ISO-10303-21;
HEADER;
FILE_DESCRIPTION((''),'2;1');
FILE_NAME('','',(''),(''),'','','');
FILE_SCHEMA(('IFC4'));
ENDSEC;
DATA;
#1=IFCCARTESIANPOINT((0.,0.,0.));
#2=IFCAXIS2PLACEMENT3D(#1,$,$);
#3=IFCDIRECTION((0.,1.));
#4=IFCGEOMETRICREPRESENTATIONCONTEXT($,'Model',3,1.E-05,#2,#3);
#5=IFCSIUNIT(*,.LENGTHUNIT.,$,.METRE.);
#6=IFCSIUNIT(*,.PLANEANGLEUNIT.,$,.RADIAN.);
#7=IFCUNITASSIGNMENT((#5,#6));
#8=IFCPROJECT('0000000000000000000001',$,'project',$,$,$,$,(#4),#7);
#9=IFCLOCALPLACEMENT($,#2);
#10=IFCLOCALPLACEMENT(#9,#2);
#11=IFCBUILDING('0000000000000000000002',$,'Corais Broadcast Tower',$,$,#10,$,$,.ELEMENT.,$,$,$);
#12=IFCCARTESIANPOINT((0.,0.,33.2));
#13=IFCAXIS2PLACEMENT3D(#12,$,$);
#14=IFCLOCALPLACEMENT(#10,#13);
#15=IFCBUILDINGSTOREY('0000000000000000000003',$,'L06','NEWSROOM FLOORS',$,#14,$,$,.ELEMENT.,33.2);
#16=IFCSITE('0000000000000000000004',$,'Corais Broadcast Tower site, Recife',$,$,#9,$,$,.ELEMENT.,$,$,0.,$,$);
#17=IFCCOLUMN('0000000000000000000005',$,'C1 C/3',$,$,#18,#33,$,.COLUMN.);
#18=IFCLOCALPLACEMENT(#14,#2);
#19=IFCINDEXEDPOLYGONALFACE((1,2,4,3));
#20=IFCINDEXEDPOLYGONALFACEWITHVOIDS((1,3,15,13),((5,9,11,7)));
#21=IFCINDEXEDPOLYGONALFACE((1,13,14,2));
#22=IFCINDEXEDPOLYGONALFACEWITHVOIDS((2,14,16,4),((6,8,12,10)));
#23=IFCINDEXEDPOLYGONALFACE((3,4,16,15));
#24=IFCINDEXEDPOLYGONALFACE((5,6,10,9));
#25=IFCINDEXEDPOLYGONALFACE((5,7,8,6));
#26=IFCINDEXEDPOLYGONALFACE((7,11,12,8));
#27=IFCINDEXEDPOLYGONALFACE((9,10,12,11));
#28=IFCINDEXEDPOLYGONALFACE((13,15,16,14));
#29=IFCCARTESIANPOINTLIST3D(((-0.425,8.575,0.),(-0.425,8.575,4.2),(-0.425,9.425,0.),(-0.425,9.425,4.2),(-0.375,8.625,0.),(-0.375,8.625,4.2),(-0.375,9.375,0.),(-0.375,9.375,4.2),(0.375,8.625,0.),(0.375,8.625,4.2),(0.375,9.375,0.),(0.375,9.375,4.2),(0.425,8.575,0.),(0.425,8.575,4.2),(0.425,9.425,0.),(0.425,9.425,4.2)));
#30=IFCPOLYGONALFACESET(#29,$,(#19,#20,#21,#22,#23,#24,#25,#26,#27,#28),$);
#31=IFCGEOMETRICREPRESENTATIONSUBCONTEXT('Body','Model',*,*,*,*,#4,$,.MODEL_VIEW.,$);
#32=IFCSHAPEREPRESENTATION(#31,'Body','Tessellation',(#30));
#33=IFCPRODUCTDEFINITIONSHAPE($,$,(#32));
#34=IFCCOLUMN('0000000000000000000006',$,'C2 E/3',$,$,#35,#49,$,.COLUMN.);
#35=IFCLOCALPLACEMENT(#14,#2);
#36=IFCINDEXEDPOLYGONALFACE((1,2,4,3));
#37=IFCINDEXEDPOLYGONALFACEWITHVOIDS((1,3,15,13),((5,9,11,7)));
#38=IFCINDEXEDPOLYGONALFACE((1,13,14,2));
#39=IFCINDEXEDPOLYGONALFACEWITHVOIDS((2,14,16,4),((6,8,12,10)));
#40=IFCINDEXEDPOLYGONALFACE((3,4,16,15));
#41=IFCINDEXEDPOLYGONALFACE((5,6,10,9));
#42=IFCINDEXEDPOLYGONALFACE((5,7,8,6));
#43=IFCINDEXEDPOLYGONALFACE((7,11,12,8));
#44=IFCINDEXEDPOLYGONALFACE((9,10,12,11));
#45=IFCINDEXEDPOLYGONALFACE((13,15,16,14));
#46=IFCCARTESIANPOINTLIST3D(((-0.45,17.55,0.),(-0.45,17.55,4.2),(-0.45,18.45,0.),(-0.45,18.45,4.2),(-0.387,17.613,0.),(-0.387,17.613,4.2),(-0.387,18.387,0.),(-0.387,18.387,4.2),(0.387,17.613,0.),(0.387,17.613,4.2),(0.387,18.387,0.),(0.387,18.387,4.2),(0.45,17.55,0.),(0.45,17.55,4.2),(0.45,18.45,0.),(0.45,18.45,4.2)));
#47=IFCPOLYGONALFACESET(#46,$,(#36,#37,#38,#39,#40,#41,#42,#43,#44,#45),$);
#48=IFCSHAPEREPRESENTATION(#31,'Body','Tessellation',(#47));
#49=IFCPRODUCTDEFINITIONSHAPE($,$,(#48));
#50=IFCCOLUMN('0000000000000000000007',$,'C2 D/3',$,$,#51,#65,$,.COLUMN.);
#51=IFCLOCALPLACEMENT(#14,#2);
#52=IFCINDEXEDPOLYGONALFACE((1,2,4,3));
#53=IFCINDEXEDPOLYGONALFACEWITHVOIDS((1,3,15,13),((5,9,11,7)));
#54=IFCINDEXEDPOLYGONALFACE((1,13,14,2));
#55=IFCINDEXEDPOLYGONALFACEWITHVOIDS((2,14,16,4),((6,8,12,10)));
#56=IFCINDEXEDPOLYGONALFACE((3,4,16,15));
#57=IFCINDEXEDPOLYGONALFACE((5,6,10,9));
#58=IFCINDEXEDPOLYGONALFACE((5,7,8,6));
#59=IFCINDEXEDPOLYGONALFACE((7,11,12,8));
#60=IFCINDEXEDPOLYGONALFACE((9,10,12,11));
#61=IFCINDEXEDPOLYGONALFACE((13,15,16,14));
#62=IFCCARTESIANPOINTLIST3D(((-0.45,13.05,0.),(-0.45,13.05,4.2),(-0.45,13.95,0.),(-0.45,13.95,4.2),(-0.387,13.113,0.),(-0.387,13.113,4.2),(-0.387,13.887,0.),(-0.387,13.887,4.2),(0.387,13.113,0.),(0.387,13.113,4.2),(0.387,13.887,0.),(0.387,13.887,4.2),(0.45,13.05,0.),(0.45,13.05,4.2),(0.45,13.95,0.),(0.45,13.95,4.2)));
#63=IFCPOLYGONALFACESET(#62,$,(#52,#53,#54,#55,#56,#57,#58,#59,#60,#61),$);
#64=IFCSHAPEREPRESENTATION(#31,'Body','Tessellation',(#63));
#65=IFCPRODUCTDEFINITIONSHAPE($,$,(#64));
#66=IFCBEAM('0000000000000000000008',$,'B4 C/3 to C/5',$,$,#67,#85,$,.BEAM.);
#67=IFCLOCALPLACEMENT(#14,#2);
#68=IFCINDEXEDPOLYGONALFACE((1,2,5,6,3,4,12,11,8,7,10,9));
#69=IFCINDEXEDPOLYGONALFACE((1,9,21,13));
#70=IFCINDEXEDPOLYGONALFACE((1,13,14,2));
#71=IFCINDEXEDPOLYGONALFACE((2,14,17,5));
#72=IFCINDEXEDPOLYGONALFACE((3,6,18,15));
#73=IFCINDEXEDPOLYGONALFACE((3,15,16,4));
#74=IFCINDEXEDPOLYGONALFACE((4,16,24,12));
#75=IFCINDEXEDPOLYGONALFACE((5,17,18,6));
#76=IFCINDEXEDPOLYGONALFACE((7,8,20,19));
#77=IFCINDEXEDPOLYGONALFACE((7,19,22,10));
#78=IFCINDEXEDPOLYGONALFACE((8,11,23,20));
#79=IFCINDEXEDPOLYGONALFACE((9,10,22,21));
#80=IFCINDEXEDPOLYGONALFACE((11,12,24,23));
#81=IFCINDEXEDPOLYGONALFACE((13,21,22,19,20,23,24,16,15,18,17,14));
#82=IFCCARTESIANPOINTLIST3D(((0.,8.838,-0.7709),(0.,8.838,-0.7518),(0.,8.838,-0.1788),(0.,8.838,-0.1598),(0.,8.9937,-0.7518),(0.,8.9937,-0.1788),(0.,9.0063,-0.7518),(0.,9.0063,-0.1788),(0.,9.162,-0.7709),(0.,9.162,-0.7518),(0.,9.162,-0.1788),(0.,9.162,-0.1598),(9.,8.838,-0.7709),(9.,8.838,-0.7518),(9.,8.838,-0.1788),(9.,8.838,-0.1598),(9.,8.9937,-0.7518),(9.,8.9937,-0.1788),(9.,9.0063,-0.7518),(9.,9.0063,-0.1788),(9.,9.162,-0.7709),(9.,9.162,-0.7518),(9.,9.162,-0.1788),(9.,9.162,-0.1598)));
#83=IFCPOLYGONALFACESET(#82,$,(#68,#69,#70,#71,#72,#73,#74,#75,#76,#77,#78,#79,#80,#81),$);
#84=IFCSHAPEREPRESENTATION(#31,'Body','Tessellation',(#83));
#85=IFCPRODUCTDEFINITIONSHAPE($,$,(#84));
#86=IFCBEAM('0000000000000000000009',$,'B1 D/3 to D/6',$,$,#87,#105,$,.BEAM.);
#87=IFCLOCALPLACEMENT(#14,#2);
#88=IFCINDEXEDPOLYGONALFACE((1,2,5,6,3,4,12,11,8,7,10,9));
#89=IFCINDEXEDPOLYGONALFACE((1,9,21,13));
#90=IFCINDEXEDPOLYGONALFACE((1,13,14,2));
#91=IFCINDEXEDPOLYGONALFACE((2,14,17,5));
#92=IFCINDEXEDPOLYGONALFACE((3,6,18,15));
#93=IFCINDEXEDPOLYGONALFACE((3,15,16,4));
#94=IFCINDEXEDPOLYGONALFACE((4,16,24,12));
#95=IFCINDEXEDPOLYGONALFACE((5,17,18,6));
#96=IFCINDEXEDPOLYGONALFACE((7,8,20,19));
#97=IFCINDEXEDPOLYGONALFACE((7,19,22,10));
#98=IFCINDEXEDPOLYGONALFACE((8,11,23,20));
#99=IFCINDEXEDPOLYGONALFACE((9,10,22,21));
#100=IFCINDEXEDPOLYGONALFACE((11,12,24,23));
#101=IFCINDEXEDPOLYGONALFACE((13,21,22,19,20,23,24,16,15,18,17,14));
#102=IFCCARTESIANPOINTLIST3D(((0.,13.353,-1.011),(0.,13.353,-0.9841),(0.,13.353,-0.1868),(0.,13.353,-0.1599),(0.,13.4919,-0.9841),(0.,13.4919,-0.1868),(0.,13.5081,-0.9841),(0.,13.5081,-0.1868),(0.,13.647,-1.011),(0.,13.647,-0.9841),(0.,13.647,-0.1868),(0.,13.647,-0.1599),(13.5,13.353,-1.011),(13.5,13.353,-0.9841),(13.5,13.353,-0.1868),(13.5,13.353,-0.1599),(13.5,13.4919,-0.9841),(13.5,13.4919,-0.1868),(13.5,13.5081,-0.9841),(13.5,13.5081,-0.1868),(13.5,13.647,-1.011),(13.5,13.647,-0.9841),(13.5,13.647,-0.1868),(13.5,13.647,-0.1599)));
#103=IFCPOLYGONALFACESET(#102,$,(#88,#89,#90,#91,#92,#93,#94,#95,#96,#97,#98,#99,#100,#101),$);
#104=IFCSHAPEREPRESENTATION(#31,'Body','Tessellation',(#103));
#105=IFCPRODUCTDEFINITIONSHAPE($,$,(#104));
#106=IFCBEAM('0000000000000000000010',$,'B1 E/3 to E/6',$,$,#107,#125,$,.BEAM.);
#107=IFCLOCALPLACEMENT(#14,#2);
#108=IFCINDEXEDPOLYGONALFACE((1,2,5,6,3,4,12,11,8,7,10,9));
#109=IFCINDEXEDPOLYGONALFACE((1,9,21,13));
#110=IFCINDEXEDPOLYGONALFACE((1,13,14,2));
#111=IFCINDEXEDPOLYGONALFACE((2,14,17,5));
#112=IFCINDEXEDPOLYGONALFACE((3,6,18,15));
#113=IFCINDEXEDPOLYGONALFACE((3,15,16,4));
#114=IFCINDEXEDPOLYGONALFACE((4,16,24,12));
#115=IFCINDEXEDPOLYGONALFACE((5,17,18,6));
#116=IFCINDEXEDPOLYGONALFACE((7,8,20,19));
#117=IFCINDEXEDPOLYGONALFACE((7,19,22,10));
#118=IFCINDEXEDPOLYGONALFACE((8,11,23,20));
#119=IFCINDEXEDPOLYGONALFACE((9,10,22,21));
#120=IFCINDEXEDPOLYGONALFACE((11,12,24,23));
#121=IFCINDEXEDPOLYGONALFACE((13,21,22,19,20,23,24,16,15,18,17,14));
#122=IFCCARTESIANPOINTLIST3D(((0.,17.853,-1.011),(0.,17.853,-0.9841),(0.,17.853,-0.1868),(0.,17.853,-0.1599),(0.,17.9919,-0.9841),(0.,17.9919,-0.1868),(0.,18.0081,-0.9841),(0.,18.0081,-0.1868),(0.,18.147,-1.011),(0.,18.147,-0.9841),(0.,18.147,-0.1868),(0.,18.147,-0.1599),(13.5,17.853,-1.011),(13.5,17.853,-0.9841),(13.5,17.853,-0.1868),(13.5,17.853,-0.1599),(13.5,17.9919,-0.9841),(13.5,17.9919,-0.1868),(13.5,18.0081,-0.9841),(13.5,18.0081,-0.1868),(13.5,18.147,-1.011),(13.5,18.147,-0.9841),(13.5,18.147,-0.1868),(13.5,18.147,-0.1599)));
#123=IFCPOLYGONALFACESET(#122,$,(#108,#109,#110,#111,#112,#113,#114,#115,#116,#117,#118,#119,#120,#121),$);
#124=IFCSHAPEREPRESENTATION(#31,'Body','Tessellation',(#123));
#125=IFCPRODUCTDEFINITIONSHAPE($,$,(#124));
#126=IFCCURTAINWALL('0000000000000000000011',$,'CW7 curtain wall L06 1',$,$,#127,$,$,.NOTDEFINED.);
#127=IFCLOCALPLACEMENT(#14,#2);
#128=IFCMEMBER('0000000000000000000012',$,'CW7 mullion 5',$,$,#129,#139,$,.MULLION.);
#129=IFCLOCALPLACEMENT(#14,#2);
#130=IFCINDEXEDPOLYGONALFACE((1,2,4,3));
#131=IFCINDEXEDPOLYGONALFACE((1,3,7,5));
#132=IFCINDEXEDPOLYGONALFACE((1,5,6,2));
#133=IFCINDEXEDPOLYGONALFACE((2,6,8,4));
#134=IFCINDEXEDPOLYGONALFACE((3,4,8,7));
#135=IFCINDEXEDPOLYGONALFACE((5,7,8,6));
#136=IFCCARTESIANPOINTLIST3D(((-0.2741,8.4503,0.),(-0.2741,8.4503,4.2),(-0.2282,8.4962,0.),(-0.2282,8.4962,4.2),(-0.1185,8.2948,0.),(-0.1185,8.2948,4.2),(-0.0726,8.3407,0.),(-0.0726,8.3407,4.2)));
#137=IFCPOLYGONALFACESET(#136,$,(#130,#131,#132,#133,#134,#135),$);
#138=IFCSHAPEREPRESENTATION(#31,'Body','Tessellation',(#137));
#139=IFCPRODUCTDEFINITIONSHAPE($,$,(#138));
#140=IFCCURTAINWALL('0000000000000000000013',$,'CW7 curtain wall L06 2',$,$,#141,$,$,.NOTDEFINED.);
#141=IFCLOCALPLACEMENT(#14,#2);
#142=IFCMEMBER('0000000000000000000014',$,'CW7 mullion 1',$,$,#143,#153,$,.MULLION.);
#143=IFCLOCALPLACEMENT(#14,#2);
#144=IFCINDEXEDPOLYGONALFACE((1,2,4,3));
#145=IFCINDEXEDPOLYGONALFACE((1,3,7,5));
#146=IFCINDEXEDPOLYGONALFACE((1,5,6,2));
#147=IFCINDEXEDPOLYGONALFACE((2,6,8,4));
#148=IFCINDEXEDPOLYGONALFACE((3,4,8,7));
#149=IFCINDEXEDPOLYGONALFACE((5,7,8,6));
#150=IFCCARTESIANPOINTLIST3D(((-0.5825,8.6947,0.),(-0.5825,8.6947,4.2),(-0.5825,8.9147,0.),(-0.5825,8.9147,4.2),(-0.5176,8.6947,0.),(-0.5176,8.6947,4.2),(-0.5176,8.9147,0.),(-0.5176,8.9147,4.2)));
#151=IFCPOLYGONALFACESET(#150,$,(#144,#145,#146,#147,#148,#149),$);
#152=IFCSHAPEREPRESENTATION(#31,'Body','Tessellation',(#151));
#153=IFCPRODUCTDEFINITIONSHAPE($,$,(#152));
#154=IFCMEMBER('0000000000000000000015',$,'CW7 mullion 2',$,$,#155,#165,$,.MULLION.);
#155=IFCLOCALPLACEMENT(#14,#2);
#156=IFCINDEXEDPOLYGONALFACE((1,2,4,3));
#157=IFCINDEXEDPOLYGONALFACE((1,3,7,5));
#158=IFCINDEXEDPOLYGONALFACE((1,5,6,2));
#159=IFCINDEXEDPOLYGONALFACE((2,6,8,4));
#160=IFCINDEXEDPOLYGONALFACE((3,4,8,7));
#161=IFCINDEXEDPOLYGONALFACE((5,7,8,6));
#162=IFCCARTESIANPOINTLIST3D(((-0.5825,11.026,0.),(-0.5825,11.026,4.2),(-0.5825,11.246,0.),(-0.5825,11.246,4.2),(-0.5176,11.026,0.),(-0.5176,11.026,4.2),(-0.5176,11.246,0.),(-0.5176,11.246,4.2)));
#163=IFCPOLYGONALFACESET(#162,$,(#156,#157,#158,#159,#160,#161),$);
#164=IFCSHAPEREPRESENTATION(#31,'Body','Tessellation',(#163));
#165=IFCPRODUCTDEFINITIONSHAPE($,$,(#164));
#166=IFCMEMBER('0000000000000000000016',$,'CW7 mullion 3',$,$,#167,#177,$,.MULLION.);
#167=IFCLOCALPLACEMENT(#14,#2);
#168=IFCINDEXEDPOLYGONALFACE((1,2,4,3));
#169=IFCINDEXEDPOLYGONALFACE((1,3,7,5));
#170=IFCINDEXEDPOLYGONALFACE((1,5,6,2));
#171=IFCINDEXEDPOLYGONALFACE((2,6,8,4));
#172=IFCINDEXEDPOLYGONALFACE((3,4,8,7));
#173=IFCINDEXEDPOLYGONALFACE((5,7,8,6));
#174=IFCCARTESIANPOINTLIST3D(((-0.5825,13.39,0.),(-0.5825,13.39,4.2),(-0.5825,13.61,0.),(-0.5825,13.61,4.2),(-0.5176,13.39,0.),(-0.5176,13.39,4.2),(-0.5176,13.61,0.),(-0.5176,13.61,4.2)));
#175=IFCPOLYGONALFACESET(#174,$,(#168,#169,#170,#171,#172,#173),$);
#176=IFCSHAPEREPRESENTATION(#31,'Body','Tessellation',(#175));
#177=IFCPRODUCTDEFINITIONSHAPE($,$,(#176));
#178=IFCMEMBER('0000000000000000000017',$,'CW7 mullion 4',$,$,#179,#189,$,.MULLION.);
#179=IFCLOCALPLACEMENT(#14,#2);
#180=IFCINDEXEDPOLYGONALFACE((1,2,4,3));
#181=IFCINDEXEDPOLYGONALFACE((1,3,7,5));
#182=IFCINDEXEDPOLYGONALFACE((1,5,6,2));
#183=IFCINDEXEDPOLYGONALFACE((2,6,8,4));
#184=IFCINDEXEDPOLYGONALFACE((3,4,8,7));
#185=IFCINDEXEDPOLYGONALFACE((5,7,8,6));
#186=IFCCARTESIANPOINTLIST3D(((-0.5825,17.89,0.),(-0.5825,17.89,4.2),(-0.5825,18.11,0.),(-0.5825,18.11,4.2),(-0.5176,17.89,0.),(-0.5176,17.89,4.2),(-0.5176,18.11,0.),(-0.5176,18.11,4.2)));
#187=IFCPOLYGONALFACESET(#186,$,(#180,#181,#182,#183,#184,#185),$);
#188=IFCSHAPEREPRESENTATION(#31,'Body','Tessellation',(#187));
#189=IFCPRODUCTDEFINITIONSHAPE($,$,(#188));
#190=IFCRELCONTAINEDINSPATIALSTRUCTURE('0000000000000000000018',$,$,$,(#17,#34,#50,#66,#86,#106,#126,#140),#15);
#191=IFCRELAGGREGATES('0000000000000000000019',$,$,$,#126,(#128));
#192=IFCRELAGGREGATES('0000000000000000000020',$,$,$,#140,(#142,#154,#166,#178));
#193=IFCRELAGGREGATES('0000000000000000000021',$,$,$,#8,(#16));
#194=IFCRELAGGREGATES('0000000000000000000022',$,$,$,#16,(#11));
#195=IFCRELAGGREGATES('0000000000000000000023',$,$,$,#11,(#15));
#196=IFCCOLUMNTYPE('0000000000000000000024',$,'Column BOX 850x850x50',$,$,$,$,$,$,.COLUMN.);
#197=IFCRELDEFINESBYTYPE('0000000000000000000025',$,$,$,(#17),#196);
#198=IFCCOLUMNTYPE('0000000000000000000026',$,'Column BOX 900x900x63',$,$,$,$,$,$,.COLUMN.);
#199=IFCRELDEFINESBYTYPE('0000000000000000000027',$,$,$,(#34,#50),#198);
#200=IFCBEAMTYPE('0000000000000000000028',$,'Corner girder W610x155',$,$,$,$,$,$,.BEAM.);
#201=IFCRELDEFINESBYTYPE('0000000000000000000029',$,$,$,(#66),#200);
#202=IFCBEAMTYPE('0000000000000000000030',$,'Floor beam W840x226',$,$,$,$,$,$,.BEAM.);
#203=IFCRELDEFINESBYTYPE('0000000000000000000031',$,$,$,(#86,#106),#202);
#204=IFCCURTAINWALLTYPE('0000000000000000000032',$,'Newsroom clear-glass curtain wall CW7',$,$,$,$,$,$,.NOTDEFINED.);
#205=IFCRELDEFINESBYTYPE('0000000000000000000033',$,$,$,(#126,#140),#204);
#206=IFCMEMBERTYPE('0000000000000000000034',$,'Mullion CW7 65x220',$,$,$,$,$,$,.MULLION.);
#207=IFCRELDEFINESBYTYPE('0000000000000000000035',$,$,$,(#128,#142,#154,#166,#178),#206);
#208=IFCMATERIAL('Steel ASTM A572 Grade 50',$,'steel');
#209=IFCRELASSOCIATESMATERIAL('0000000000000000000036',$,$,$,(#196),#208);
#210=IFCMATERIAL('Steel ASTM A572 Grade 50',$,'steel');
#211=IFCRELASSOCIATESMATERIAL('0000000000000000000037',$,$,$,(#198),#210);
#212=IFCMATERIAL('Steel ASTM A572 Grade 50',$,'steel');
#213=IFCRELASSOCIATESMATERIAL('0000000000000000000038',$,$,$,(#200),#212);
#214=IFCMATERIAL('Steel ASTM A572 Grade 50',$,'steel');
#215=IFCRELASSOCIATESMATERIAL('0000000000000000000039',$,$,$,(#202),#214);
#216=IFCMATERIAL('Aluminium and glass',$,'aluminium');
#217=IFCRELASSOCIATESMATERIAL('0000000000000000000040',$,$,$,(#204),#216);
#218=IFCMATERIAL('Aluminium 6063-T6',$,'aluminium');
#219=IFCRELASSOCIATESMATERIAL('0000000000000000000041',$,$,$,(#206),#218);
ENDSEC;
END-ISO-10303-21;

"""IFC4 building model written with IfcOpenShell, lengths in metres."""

from ifc_helpers import new_model, si_unit, direction, frame, origin, origin_2d, place, context, subcontext, project, spatial, rectangle, hollow_rectangle, i_section, extrude, material, material_profile, profile_set, type_object, element, aggregate, save


model = new_model("IFC4")

# Units and contexts
model_context = context("Model", 3, precision=1e-05, world=origin(), true_north=direction((0.0, 1.0)))
body_context = subcontext(model_context, "Body", "Model", "MODEL_VIEW")
ifc_project = project(units=[si_unit("LENGTHUNIT", "METRE"), si_unit("PLANEANGLEUNIT", "RADIAN")], contexts=[model_context])

# Site, building, storey
site_placement = place(None, origin())
site = spatial("IfcSite", under=ifc_project, at=site_placement, Name="Corais Broadcast Tower site, Recife", CompositionType="ELEMENT", RefElevation=0.0)
building_placement = place(site_placement, origin())
building = spatial("IfcBuilding", under=site, at=building_placement, Name="Corais Broadcast Tower", CompositionType="ELEMENT")
storey_placement = place(building_placement, frame((0.0, 0.0, 33.2)))
storey = spatial("IfcBuildingStorey", under=building, at=storey_placement, Name="L06", Description="NEWSROOM FLOORS", CompositionType="ELEMENT", Elevation=33.2)

# Columns
ifc_material_1 = material(Name="Steel ASTM A572 Grade 50", Category="steel")
ifc_material_profile_1 = material_profile(ifc_material_1, hollow_rectangle(XDim=0.8501, YDim=0.8501, WallThickness=0.05, at=origin_2d()), Name="BOX 850x850x50")
ifc_profile_set_1 = profile_set([ifc_material_profile_1], Name="Steel ASTM A572 Grade 50")
column_type_1 = type_object("IfcColumnType", Name="Column BOX 850x850x50", PredefinedType="COLUMN", material=ifc_profile_set_1)
column_placement = place(storey_placement, frame((0.0, 9.0, 0.0), z_axis=(0.0, 0.0, 1.0), x_axis=(1.0, 0.0, 0.0)))
element("IfcColumn", 1, at=column_placement, inside=storey, type_object=column_type_1, Name="C1 C/3", PredefinedType="COLUMN", context=body_context, shape_type="SweptSolid", body=[
    extrude(hollow_rectangle(XDim=0.8501, YDim=0.8501, WallThickness=0.05, at=origin_2d()), origin(), (0.0, 0.0, 1.0), 4.2),
])
ifc_material_2 = material(Name="Steel ASTM A572 Grade 50", Category="steel")
ifc_material_profile_2 = material_profile(ifc_material_2, hollow_rectangle(XDim=0.8999, YDim=0.8999, WallThickness=0.063, at=origin_2d()), Name="BOX 900x900x63")
ifc_profile_set_2 = profile_set([ifc_material_profile_2], Name="Steel ASTM A572 Grade 50")
column_type_2 = type_object("IfcColumnType", Name="Column BOX 900x900x63", PredefinedType="COLUMN", material=ifc_profile_set_2)
for number, where, z_axis, x_axis, name in (
    (2, (0.0, 18.0, 0.0), (0.0, 0.0, 1.0), (1.0, 0.0, 0.0), "C2 E/3"),
    (3, (0.0, 13.5, 0.0), (0.0, 0.0, 1.0), (1.0, 0.0, 0.0), "C2 D/3"),
):
    element("IfcColumn", number, at=place(storey_placement, frame(where, z_axis=z_axis, x_axis=x_axis)), inside=storey, type_object=column_type_2, Name=name, PredefinedType="COLUMN", context=body_context, shape_type="SweptSolid", body=[
        extrude(hollow_rectangle(XDim=0.8999, YDim=0.8999, WallThickness=0.063, at=origin_2d()), origin(), (0.0, 0.0, 1.0), 4.2),
    ])

# Beams
ifc_material_3 = material(Name="Steel ASTM A572 Grade 50", Category="steel")
ifc_material_profile_3 = material_profile(ifc_material_3, i_section(OverallWidth=0.324, OverallDepth=0.6111, WebThickness=0.0127, FlangeThickness=0.019, at=origin_2d()), Name="W610x155")
ifc_profile_set_3 = profile_set([ifc_material_profile_3], Name="Steel ASTM A572 Grade 50")
beam_type_1 = type_object("IfcBeamType", Name="Corner girder W610x155", PredefinedType="BEAM", material=ifc_profile_set_3)
beam_1_placement = place(storey_placement, frame((0.0, 9.0, -0.4653), z_axis=(1.0, 0.0, 0.0), x_axis=(0.0, 1.0, 0.0)))
element("IfcBeam", 4, at=beam_1_placement, inside=storey, type_object=beam_type_1, Name="B4 C/3 to C/5", PredefinedType="BEAM", context=body_context, shape_type="SweptSolid", body=[
    extrude(i_section(OverallWidth=0.324, OverallDepth=0.6111, WebThickness=0.0127, FlangeThickness=0.019, at=origin_2d()), origin(), (0.0, 0.0, 1.0), 9.0),
])
ifc_material_4 = material(Name="Steel ASTM A572 Grade 50", Category="steel")
ifc_material_profile_4 = material_profile(ifc_material_4, i_section(OverallWidth=0.2939, OverallDepth=0.8511, WebThickness=0.0161, FlangeThickness=0.0269, at=origin_2d()), Name="W840x226")
ifc_profile_set_4 = profile_set([ifc_material_profile_4], Name="Steel ASTM A572 Grade 50")
beam_type_2 = type_object("IfcBeamType", Name="Floor beam W840x226", PredefinedType="BEAM", material=ifc_profile_set_4)
for number, where, z_axis, x_axis, name in (
    (5, (0.0, 13.5, -0.5854), (1.0, 0.0, 0.0), (0.0, 1.0, 0.0), "B1 D/3 to D/6"),
    (6, (0.0, 18.0, -0.5854), (1.0, 0.0, 0.0), (0.0, 1.0, 0.0), "B1 E/3 to E/6"),
):
    element("IfcBeam", number, at=place(storey_placement, frame(where, z_axis=z_axis, x_axis=x_axis)), inside=storey, type_object=beam_type_2, Name=name, PredefinedType="BEAM", context=body_context, shape_type="SweptSolid", body=[
        extrude(i_section(OverallWidth=0.2939, OverallDepth=0.8511, WebThickness=0.0161, FlangeThickness=0.0269, at=origin_2d()), origin(), (0.0, 0.0, 1.0), 13.5),
    ])

# Curtain wall, member
ifc_material_5 = material(Name="Aluminium and glass", Category="aluminium")
curtain_wall_type = type_object("IfcCurtainWallType", Name="Newsroom clear-glass curtain wall CW7", PredefinedType="NOTDEFINED", material=ifc_material_5)
curtain_wall_1_placement = place(storey_placement, origin())
curtain_wall_1 = element("IfcCurtainWall", 7, at=curtain_wall_1_placement, inside=storey, type_object=curtain_wall_type, Name="CW7 curtain wall L06 1", PredefinedType="NOTDEFINED")
ifc_material_6 = material(Name="Aluminium 6063-T6", Category="aluminium")
ifc_material_profile_5 = material_profile(ifc_material_6, rectangle(XDim=0.0649, YDim=0.22, at=origin_2d()), Name="Mullion CW7 65x220")
ifc_profile_set_5 = profile_set([ifc_material_profile_5], Name="Aluminium 6063-T6")
member_type_1 = type_object("IfcMemberType", Name="Mullion CW7 65x220", PredefinedType="MULLION", material=ifc_profile_set_5)
member_1_placement = place(storey_placement, frame((-0.1733, 8.3955, 0.0), z_axis=(0.0, 0.0, 1.0), x_axis=(-0.707107, -0.707107, 0.0)))
member_1 = element("IfcMember", 8, at=member_1_placement, type_object=member_type_1, Name="CW7 mullion 5", PredefinedType="MULLION", context=body_context, shape_type="SweptSolid", body=[
    extrude(rectangle(XDim=0.0649, YDim=0.22, at=origin_2d()), origin(), (0.0, 0.0, 1.0), 4.2),
])
aggregate(curtain_wall_1, [member_1])

# Curtain wall, members
curtain_wall_2_placement = place(storey_placement, origin())
curtain_wall_2 = element("IfcCurtainWall", 9, at=curtain_wall_2_placement, inside=storey, type_object=curtain_wall_type, Name="CW7 curtain wall L06 2", PredefinedType="NOTDEFINED")
member_2_placement = place(storey_placement, frame((-0.55, 8.8047, 0.0), z_axis=(0.0, 0.0, 1.0), x_axis=(-1.0, 0.0, 0.0)))
member_2 = element("IfcMember", 10, at=member_2_placement, type_object=member_type_1, Name="CW7 mullion 1", PredefinedType="MULLION", context=body_context, shape_type="SweptSolid", body=[
    extrude(rectangle(XDim=0.0649, YDim=0.22, at=origin_2d()), origin(), (0.0, 0.0, 1.0), 4.2),
])
member_3_placement = place(storey_placement, frame((-0.55, 11.136, 0.0), z_axis=(0.0, 0.0, 1.0), x_axis=(-1.0, 0.0, 0.0)))
member_3 = element("IfcMember", 11, at=member_3_placement, type_object=member_type_1, Name="CW7 mullion 2", PredefinedType="MULLION", context=body_context, shape_type="SweptSolid", body=[
    extrude(rectangle(XDim=0.0649, YDim=0.22, at=origin_2d()), origin(), (0.0, 0.0, 1.0), 4.2),
])
member_4_placement = place(storey_placement, frame((-0.55, 13.5, 0.0), z_axis=(0.0, 0.0, 1.0), x_axis=(-1.0, 0.0, 0.0)))
member_4 = element("IfcMember", 12, at=member_4_placement, type_object=member_type_1, Name="CW7 mullion 3", PredefinedType="MULLION", context=body_context, shape_type="SweptSolid", body=[
    extrude(rectangle(XDim=0.0649, YDim=0.22, at=origin_2d()), origin(), (0.0, 0.0, 1.0), 4.2),
])
member_5_placement = place(storey_placement, frame((-0.55, 18.0, 0.0), z_axis=(0.0, 0.0, 1.0), x_axis=(-1.0, 0.0, 0.0)))
member_5 = element("IfcMember", 13, at=member_5_placement, type_object=member_type_1, Name="CW7 mullion 4", PredefinedType="MULLION", context=body_context, shape_type="SweptSolid", body=[
    extrude(rectangle(XDim=0.0649, YDim=0.22, at=origin_2d()), origin(), (0.0, 0.0, 1.0), 4.2),
])

aggregate(curtain_wall_2, [member_2, member_3, member_4, member_5])

save(model, "model.ifc")
